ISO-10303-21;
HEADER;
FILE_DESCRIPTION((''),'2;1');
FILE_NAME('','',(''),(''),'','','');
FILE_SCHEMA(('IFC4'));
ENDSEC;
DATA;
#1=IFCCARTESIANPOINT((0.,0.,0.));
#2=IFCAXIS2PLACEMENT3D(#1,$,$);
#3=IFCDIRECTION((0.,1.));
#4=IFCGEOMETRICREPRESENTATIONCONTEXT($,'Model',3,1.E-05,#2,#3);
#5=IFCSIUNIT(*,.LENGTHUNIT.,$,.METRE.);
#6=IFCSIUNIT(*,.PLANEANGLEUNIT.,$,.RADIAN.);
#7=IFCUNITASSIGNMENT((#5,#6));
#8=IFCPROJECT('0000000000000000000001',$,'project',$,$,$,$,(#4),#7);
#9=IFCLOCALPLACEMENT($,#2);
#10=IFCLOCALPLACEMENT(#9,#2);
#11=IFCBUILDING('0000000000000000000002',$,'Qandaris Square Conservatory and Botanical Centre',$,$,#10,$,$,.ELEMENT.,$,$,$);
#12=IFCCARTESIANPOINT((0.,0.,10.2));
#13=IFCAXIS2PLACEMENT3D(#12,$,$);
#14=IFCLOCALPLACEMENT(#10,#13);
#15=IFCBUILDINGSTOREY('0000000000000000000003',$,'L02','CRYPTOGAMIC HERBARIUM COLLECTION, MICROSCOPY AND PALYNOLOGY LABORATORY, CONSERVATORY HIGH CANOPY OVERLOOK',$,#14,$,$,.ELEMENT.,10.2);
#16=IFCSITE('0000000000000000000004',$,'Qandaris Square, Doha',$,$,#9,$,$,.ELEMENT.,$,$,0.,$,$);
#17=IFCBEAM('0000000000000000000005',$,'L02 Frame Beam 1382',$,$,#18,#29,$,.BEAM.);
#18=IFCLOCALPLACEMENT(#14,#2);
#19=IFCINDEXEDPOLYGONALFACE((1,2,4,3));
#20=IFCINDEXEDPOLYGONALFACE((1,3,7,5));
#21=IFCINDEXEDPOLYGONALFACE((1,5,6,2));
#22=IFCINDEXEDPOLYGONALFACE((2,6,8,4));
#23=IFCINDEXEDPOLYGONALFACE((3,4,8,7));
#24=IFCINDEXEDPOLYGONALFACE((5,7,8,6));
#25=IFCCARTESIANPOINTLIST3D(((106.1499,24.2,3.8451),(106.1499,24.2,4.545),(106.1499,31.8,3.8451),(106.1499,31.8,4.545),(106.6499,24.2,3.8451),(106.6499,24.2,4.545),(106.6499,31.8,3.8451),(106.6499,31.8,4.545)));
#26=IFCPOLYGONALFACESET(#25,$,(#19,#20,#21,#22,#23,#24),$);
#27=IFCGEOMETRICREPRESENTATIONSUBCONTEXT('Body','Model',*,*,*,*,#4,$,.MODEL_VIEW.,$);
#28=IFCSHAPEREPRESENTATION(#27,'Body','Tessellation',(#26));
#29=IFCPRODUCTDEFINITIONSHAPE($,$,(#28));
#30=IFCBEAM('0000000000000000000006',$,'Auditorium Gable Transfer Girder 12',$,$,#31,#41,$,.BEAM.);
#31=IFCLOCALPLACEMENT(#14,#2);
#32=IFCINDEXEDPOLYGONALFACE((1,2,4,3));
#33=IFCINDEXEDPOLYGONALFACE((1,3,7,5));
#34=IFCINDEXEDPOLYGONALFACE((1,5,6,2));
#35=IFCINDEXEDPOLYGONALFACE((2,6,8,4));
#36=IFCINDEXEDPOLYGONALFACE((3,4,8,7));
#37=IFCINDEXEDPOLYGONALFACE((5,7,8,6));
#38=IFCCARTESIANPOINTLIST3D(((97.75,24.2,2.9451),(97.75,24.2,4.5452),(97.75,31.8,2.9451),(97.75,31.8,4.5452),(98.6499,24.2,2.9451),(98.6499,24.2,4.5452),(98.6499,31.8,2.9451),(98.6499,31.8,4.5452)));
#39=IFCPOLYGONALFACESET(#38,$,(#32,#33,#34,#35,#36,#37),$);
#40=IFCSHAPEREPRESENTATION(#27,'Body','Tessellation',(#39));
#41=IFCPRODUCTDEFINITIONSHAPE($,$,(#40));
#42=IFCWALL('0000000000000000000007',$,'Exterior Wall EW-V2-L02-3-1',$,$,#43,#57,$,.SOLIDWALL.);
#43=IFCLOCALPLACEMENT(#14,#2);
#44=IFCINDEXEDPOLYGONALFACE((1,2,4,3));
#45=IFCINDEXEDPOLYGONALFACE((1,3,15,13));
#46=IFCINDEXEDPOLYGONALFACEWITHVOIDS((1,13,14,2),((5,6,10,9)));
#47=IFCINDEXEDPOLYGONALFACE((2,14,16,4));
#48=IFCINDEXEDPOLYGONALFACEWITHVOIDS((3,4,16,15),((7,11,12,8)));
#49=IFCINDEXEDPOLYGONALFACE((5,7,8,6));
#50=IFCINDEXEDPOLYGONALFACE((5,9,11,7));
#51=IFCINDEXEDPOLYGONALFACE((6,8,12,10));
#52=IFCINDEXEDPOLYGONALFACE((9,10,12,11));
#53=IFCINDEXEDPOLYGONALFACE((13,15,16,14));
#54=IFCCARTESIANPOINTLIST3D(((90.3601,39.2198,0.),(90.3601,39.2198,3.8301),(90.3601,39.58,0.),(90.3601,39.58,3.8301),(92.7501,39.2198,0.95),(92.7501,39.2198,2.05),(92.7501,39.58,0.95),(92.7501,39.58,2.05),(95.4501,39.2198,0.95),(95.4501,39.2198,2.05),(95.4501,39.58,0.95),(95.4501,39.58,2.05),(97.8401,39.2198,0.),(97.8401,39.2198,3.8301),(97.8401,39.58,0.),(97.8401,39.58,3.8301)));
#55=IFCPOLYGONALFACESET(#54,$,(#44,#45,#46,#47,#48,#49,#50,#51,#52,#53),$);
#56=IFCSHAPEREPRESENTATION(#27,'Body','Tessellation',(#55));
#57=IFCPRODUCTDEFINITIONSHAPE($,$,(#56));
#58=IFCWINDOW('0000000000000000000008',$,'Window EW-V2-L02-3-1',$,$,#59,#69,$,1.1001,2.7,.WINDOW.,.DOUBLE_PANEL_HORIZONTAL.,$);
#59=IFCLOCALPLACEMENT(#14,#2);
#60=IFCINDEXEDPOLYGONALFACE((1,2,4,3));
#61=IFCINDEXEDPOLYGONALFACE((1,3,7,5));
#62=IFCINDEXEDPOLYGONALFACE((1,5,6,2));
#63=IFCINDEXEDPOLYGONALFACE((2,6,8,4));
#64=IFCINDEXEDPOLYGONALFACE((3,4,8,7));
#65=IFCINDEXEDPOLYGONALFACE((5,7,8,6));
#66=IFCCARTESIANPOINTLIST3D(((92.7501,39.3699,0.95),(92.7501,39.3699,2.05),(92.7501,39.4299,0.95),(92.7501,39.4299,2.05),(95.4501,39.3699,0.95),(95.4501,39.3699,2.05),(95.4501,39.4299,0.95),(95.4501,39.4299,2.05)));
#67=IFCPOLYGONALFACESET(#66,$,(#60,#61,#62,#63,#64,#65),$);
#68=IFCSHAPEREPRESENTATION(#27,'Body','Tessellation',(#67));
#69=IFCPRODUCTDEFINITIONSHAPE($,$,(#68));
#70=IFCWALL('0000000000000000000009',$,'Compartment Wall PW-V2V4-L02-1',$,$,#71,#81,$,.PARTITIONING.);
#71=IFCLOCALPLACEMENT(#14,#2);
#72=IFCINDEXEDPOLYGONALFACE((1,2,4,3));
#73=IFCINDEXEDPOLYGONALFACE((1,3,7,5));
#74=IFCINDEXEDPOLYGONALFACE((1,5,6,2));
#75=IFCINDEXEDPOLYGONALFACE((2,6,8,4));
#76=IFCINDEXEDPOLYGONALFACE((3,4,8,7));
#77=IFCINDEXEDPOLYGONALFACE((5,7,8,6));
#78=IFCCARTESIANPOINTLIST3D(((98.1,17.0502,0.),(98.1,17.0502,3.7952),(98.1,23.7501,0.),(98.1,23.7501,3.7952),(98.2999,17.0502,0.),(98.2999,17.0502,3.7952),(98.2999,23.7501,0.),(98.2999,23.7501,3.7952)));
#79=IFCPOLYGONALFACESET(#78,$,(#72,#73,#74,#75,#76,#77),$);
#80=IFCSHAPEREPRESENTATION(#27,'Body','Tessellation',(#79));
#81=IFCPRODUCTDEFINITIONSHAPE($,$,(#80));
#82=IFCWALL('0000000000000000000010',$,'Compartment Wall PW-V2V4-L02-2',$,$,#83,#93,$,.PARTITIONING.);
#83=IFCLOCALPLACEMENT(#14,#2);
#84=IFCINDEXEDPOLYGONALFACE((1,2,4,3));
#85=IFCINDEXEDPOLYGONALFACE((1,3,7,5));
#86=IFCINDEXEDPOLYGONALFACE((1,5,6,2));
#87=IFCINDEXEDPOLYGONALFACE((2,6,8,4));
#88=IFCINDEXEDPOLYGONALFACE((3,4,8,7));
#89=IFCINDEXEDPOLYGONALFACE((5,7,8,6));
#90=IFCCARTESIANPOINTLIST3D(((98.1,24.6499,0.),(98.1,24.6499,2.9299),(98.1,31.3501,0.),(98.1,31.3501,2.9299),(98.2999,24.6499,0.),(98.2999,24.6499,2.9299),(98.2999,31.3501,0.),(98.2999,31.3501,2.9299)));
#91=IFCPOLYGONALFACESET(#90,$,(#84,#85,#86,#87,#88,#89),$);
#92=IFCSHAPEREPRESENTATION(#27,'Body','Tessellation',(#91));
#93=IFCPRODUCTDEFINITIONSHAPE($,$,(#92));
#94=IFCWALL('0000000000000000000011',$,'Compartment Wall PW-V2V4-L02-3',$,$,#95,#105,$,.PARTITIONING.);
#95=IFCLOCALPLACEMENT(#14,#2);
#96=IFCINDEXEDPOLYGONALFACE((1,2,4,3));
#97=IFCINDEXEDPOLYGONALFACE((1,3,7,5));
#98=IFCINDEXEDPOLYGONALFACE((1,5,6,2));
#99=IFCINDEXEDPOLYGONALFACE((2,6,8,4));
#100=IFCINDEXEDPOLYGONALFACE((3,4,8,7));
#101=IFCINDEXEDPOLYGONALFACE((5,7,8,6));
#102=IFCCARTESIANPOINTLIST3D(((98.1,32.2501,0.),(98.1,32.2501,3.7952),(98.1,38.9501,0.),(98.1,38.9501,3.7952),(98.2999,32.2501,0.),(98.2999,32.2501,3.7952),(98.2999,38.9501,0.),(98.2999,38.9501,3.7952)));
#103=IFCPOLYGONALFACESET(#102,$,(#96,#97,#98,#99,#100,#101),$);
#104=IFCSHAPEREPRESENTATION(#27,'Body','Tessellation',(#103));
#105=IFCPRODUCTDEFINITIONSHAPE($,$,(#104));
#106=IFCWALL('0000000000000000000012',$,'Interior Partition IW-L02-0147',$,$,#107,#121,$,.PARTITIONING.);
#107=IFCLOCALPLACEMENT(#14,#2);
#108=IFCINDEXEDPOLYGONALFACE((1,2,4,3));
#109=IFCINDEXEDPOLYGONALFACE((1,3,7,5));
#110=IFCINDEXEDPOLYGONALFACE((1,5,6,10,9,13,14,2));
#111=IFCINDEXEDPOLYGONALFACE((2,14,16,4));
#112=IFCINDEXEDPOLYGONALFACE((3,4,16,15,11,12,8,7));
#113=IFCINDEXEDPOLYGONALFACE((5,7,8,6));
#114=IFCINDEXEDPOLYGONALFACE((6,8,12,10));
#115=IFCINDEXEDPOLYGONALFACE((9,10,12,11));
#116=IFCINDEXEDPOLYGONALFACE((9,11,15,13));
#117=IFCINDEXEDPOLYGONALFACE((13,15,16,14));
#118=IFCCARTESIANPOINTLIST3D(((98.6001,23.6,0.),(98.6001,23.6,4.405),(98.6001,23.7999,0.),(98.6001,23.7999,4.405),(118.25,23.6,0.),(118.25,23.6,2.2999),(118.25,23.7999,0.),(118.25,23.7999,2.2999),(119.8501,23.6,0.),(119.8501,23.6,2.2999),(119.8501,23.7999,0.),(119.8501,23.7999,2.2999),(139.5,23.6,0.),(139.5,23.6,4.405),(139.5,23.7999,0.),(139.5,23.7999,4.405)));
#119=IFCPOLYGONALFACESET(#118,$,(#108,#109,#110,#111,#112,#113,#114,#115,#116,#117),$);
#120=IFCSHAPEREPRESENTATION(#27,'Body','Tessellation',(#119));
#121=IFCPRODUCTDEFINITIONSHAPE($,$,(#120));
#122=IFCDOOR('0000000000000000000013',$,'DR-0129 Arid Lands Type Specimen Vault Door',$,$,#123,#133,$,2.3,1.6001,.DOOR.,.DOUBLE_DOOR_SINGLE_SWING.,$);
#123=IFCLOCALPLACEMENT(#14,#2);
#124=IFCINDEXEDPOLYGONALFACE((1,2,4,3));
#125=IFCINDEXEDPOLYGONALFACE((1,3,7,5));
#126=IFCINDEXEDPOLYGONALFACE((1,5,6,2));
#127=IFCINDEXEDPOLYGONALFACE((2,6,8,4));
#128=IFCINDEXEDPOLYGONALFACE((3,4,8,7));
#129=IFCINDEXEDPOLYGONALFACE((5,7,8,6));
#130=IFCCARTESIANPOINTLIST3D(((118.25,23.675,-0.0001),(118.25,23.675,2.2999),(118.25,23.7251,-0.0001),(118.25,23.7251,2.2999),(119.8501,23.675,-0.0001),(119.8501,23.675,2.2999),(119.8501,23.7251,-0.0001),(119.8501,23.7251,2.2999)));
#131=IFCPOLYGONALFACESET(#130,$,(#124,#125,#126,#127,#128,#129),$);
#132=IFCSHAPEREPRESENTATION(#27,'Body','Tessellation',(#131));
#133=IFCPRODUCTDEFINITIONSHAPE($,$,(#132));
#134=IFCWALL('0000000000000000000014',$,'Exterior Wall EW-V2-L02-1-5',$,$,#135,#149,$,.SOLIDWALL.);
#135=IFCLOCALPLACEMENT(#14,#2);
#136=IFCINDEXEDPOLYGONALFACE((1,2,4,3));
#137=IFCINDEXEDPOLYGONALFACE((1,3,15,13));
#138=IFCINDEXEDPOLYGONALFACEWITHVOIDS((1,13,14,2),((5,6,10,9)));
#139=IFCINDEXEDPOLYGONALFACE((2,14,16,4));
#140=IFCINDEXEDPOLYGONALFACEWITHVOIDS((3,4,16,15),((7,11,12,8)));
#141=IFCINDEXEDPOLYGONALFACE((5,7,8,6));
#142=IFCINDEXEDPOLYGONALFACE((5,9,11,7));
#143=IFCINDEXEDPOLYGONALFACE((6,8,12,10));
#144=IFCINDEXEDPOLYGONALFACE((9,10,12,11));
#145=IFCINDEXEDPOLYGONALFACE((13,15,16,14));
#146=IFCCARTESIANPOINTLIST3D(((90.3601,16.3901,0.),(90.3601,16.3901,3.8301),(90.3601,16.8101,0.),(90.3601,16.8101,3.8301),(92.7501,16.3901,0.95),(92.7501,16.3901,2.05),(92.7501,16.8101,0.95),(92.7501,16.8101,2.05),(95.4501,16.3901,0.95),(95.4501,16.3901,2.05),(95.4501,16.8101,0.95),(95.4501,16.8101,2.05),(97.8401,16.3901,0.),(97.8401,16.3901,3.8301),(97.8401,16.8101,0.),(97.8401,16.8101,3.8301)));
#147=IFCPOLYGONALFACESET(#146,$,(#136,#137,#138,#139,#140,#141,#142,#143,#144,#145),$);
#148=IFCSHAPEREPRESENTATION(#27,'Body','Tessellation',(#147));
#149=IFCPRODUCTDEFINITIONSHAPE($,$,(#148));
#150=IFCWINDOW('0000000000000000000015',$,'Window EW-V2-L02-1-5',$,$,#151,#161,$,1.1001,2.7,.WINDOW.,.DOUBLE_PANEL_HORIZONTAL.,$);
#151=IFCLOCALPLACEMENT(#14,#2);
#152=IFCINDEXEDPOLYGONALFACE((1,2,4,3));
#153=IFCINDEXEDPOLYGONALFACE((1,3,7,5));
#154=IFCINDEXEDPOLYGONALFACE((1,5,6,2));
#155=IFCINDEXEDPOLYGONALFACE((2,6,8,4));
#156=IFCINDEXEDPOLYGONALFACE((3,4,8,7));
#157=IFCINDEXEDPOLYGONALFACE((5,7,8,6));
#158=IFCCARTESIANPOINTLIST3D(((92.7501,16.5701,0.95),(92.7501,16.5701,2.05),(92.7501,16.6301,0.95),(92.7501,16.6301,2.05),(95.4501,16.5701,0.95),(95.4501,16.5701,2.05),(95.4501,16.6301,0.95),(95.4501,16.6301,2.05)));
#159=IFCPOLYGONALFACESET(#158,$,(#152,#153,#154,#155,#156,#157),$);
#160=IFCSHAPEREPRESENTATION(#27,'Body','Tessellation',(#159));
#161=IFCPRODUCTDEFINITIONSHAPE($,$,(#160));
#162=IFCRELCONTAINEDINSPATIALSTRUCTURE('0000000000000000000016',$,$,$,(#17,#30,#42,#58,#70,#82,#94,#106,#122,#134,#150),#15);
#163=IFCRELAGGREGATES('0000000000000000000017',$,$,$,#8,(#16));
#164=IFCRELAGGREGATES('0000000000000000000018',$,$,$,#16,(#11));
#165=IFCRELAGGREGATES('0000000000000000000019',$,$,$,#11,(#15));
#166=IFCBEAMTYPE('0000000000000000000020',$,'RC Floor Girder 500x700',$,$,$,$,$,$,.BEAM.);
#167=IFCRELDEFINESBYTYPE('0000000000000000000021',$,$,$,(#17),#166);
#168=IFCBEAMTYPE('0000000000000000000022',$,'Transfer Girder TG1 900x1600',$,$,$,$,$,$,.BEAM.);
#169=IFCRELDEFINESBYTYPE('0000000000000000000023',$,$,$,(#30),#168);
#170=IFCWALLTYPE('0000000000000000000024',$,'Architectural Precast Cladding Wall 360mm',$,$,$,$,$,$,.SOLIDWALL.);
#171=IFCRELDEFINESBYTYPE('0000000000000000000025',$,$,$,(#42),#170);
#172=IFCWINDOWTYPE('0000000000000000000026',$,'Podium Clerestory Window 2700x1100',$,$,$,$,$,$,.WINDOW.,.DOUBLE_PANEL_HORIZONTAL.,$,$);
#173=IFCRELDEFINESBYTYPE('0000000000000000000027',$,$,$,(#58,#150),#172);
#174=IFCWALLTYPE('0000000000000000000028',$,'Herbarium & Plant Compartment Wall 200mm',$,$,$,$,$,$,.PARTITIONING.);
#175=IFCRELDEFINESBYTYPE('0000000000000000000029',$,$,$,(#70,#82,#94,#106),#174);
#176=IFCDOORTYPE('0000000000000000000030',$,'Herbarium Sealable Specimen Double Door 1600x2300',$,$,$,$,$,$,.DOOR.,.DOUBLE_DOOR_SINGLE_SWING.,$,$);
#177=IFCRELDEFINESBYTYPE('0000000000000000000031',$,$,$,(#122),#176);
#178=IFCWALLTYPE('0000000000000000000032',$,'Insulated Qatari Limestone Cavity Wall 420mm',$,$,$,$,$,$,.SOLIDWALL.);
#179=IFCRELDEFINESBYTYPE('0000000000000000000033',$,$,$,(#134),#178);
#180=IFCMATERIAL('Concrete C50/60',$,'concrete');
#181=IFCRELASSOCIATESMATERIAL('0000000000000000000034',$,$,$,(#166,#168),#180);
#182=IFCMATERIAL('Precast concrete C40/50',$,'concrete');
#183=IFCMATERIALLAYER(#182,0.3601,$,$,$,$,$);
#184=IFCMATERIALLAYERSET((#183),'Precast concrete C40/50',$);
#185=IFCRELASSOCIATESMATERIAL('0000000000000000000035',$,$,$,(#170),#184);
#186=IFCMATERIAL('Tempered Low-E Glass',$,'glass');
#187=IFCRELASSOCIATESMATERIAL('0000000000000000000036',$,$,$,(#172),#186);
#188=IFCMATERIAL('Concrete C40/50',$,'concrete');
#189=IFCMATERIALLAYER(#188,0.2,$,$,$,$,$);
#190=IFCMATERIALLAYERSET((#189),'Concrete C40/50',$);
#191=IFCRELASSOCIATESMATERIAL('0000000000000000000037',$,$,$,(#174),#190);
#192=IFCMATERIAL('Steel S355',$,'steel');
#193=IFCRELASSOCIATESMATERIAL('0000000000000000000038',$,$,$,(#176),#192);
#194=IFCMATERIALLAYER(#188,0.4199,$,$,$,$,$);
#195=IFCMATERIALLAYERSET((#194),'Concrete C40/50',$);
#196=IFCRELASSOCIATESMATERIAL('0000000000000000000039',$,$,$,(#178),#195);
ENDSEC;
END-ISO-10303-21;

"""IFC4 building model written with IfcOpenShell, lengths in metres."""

from ifc_helpers import new_model, si_unit, direction, frame, frame_2d, origin, origin_2d, place, context, subcontext, project, spatial, rectangle, extrude, material, layer, layer_set, material_profile, profile_set, type_object, element, fill, save


model = new_model("IFC4")

# Units and contexts
model_context = context("Model", 3, precision=1e-05, world=origin(), true_north=direction((0.0, 1.0)))
body_context = subcontext(model_context, "Body", "Model", "MODEL_VIEW")
ifc_project = project(units=[si_unit("LENGTHUNIT", "METRE"), si_unit("PLANEANGLEUNIT", "RADIAN")], contexts=[model_context])

# Site, building, storey
site_placement = place(None, origin())
site = spatial("IfcSite", under=ifc_project, at=site_placement, Name="Qandaris Square, Doha", CompositionType="ELEMENT", RefElevation=0.0)
building_placement = place(site_placement, origin())
building = spatial("IfcBuilding", under=site, at=building_placement, Name="Qandaris Square Conservatory and Botanical Centre", CompositionType="ELEMENT")
storey_placement = place(building_placement, frame((0.0, 0.0, 10.2)))
storey = spatial("IfcBuildingStorey", under=building, at=storey_placement, Name="L02", Description="CRYPTOGAMIC HERBARIUM COLLECTION, MICROSCOPY AND PALYNOLOGY LABORATORY, CONSERVATORY HIGH CANOPY OVERLOOK", CompositionType="ELEMENT", Elevation=10.2)

# Shared definitions
ifc_material_1 = material(Name="Concrete C40/50", Category="concrete")

# Beams
ifc_material_2 = material(Name="Concrete C50/60", Category="concrete")
ifc_material_profile_1 = material_profile(ifc_material_2, rectangle(XDim=0.5, YDim=0.7, at=origin_2d()), Name="RC-BM 500x700")
ifc_profile_set_1 = profile_set([ifc_material_profile_1], Name="Concrete C50/60")
beam_type_1 = type_object("IfcBeamType", Name="RC Floor Girder 500x700", PredefinedType="BEAM", material=ifc_profile_set_1)
beam_1_placement = place(storey_placement, frame((106.3999, 24.2, 4.1951), z_axis=(0.0, 1.0, 0.0), x_axis=(-1.0, 0.0, 0.0)))
element("IfcBeam", 1, at=beam_1_placement, inside=storey, type_object=beam_type_1, Name="L02 Frame Beam 1382", PredefinedType="BEAM", context=body_context, shape_type="SweptSolid", body=[
    extrude(rectangle(XDim=0.5, YDim=0.7, at=origin_2d()), origin(), (0.0, 0.0, 1.0), 7.6001),
])
ifc_material_profile_2 = material_profile(ifc_material_2, rectangle(XDim=0.8999, YDim=1.6001, at=origin_2d()), Name="RC-TG 900x1600")
ifc_profile_set_2 = profile_set([ifc_material_profile_2], Name="Concrete C50/60")
beam_type_2 = type_object("IfcBeamType", Name="Transfer Girder TG1 900x1600", PredefinedType="BEAM", material=ifc_profile_set_2)
beam_2_placement = place(storey_placement, frame((98.2, 24.2, 3.7451), z_axis=(0.0, 1.0, 0.0), x_axis=(-1.0, 0.0, 0.0)))
element("IfcBeam", 2, at=beam_2_placement, inside=storey, type_object=beam_type_2, Name="Auditorium Gable Transfer Girder 12", PredefinedType="BEAM", context=body_context, shape_type="SweptSolid", body=[
    extrude(rectangle(XDim=0.8999, YDim=1.6001, at=origin_2d()), origin(), (0.0, 0.0, 1.0), 7.6001),
])

# Wall, opening, window
ifc_material_3 = material(Name="Precast concrete C40/50", Category="concrete")
ifc_layer_1 = layer(ifc_material_3, 0.3601)
ifc_layer_set_1 = layer_set([ifc_layer_1], Name="Precast concrete C40/50")
wall_type_1 = type_object("IfcWallType", Name="Architectural Precast Cladding Wall 360mm", PredefinedType="SOLIDWALL", material=ifc_layer_set_1)
wall_1_placement = place(storey_placement, frame((97.8401, 39.3999, 0.0), z_axis=(0.0, 0.0, 1.0), x_axis=(-1.0, 0.0, 0.0)))
wall_1 = element("IfcWall", 3, at=wall_1_placement, inside=storey, type_object=wall_type_1, Name="Exterior Wall EW-V2-L02-3-1", PredefinedType="SOLIDWALL", context=body_context, shape_type="SweptSolid", body=[
    extrude(rectangle(XDim=7.48, YDim=0.3601, at=frame_2d((3.74, 0.0))), origin(), (0.0, 0.0, 1.0), 3.8301),
])
opening_1_placement = place(wall_1_placement, frame((2.3899, 0.0, 0.95)))
opening_1 = element("IfcOpeningElement", 4, at=opening_1_placement, cuts=wall_1, PredefinedType="OPENING", context=body_context, shape_type="SweptSolid", body=[
    extrude(rectangle(XDim=2.7, YDim=1.1001, at=frame_2d((1.3501, 0.55))), frame((0.0, 0.1919, 0.0), z_axis=(0.0, -1.0, 0.0), x_axis=(1.0, 0.0, 0.0)), (0.0, 0.0, 1.0), 0.384),
])
ifc_material_4 = material(Name="Tempered Low-E Glass", Category="glass")
window_type_1 = type_object("IfcWindowType", Name="Podium Clerestory Window 2700x1100", PartitioningType="DOUBLE_PANEL_HORIZONTAL", PredefinedType="WINDOW", material=ifc_material_4)
window_1_placement = place(opening_1_placement, origin())
window_1 = element("IfcWindow", 5, at=window_1_placement, inside=storey, type_object=window_type_1, Name="Window EW-V2-L02-3-1", OverallHeight=1.1001, OverallWidth=2.7, PartitioningType="DOUBLE_PANEL_HORIZONTAL", PredefinedType="WINDOW", context=body_context, shape_type="SweptSolid", body=[
    extrude(rectangle(XDim=2.7, YDim=1.1001, at=frame_2d((1.3501, 0.55))), frame((0.0, 0.03, 0.0), z_axis=(0.0, -1.0, 0.0), x_axis=(1.0, 0.0, 0.0)), (0.0, 0.0, 1.0), 0.0601),
])
fill(opening_1, window_1)

# Walls
ifc_layer_2 = layer(ifc_material_1, 0.2)
ifc_layer_set_2 = layer_set([ifc_layer_2], Name="Concrete C40/50")
wall_type_2 = type_object("IfcWallType", Name="Herbarium & Plant Compartment Wall 200mm", PredefinedType="PARTITIONING", material=ifc_layer_set_2)
wall_2_placement = place(storey_placement, frame((98.2, 17.05, 0.0), z_axis=(0.0, 0.0, 1.0), x_axis=(0.0, 1.0, 0.0)))
element("IfcWall", 6, at=wall_2_placement, inside=storey, type_object=wall_type_2, Name="Compartment Wall PW-V2V4-L02-1", PredefinedType="PARTITIONING", context=body_context, shape_type="SweptSolid", body=[
    extrude(rectangle(XDim=6.7, YDim=0.2, at=frame_2d((3.3501, 0.0))), origin(), (0.0, 0.0, 1.0), 3.7952),
])
wall_3_placement = place(storey_placement, frame((98.2, 24.6499, 0.0), z_axis=(0.0, 0.0, 1.0), x_axis=(0.0, 1.0, 0.0)))
element("IfcWall", 7, at=wall_3_placement, inside=storey, type_object=wall_type_2, Name="Compartment Wall PW-V2V4-L02-2", PredefinedType="PARTITIONING", context=body_context, shape_type="SweptSolid", body=[
    extrude(rectangle(XDim=6.7002, YDim=0.2, at=frame_2d((3.3501, 0.0))), origin(), (0.0, 0.0, 1.0), 2.9299),
])
wall_4_placement = place(storey_placement, frame((98.2, 32.25, 0.0), z_axis=(0.0, 0.0, 1.0), x_axis=(0.0, 1.0, 0.0)))
element("IfcWall", 8, at=wall_4_placement, inside=storey, type_object=wall_type_2, Name="Compartment Wall PW-V2V4-L02-3", PredefinedType="PARTITIONING", context=body_context, shape_type="SweptSolid", body=[
    extrude(rectangle(XDim=6.7, YDim=0.2, at=frame_2d((3.3501, 0.0))), origin(), (0.0, 0.0, 1.0), 3.7952),
])

# Wall, opening, door
wall_5_placement = place(storey_placement, frame((98.6001, 23.7, 0.0), z_axis=(0.0, 0.0, 1.0), x_axis=(1.0, 0.0, 0.0)))
wall_5 = element("IfcWall", 9, at=wall_5_placement, inside=storey, type_object=wall_type_2, Name="Interior Partition IW-L02-0147", PredefinedType="PARTITIONING", context=body_context, shape_type="SweptSolid", body=[
    extrude(rectangle(XDim=40.8999, YDim=0.2, at=frame_2d((20.45, 0.0))), origin(), (0.0, 0.0, 1.0), 4.405),
])
opening_2_placement = place(wall_5_placement, frame((19.6499, 0.0, 0.0)))
opening_2 = element("IfcOpeningElement", 10, at=opening_2_placement, cuts=wall_5, PredefinedType="OPENING", context=body_context, shape_type="SweptSolid", body=[
    extrude(rectangle(XDim=1.6001, YDim=2.3, at=frame_2d((0.8, 1.1499))), frame((0.0, 0.1118, 0.0), z_axis=(0.0, -1.0, 0.0), x_axis=(1.0, 0.0, 0.0)), (0.0, 0.0, 1.0), 0.2239),
])
ifc_material_5 = material(Name="Steel S355", Category="steel")
door_type = type_object("IfcDoorType", Name="Herbarium Sealable Specimen Double Door 1600x2300", OperationType="DOUBLE_DOOR_SINGLE_SWING", PredefinedType="DOOR", material=ifc_material_5)
door_placement = place(opening_2_placement, frame((1.6001, 0.0, 0.0), z_axis=(0.0, 0.0, 1.0), x_axis=(-1.0, 0.0, 0.0)))
door = element("IfcDoor", 11, at=door_placement, inside=storey, type_object=door_type, Name="DR-0129 Arid Lands Type Specimen Vault Door", OperationType="DOUBLE_DOOR_SINGLE_SWING", OverallHeight=2.3, OverallWidth=1.6001, PredefinedType="DOOR", context=body_context, shape_type="SweptSolid", body=[
    extrude(rectangle(XDim=1.6001, YDim=2.3, at=frame_2d((0.8, 1.1499))), frame((0.0, 0.0249, 0.0), z_axis=(0.0, -1.0, 0.0), x_axis=(1.0, 0.0, 0.0)), (0.0, 0.0, 1.0), 0.05),
])
fill(opening_2, door)

# Wall, opening, window
ifc_layer_3 = layer(ifc_material_1, 0.4199)
ifc_layer_set_3 = layer_set([ifc_layer_3], Name="Concrete C40/50")
wall_type_3 = type_object("IfcWallType", Name="Insulated Qatari Limestone Cavity Wall 420mm", PredefinedType="SOLIDWALL", material=ifc_layer_set_3)
wall_6_placement = place(storey_placement, frame((90.3601, 16.6001, 0.0), z_axis=(0.0, 0.0, 1.0), x_axis=(1.0, 0.0, 0.0)))
wall_6 = element("IfcWall", 12, at=wall_6_placement, inside=storey, type_object=wall_type_3, Name="Exterior Wall EW-V2-L02-1-5", PredefinedType="SOLIDWALL", context=body_context, shape_type="SweptSolid", body=[
    extrude(rectangle(XDim=7.48, YDim=0.4199, at=frame_2d((3.74, 0.0))), origin(), (0.0, 0.0, 1.0), 3.8301),
])
opening_3_placement = place(wall_6_placement, frame((2.3899, 0.0, 0.95)))
opening_3 = element("IfcOpeningElement", 13, at=opening_3_placement, cuts=wall_6, PredefinedType="OPENING", context=body_context, shape_type="SweptSolid", body=[
    extrude(rectangle(XDim=2.7, YDim=1.1001, at=frame_2d((1.3501, 0.55))), frame((0.0, 0.2219, 0.0), z_axis=(0.0, -1.0, 0.0), x_axis=(1.0, 0.0, 0.0)), (0.0, 0.0, 1.0), 0.4438),
])
window_2_placement = place(opening_3_placement, origin())
window_2 = element("IfcWindow", 14, at=window_2_placement, inside=storey, type_object=window_type_1, Name="Window EW-V2-L02-1-5", OverallHeight=1.1001, OverallWidth=2.7, PartitioningType="DOUBLE_PANEL_HORIZONTAL", PredefinedType="WINDOW", context=body_context, shape_type="SweptSolid", body=[
    extrude(rectangle(XDim=2.7, YDim=1.1001, at=frame_2d((1.3501, 0.55))), frame((0.0, 0.03, 0.0), z_axis=(0.0, -1.0, 0.0), x_axis=(1.0, 0.0, 0.0)), (0.0, 0.0, 1.0), 0.0601),
])
fill(opening_3, window_2)

save(model, "model.ifc")
